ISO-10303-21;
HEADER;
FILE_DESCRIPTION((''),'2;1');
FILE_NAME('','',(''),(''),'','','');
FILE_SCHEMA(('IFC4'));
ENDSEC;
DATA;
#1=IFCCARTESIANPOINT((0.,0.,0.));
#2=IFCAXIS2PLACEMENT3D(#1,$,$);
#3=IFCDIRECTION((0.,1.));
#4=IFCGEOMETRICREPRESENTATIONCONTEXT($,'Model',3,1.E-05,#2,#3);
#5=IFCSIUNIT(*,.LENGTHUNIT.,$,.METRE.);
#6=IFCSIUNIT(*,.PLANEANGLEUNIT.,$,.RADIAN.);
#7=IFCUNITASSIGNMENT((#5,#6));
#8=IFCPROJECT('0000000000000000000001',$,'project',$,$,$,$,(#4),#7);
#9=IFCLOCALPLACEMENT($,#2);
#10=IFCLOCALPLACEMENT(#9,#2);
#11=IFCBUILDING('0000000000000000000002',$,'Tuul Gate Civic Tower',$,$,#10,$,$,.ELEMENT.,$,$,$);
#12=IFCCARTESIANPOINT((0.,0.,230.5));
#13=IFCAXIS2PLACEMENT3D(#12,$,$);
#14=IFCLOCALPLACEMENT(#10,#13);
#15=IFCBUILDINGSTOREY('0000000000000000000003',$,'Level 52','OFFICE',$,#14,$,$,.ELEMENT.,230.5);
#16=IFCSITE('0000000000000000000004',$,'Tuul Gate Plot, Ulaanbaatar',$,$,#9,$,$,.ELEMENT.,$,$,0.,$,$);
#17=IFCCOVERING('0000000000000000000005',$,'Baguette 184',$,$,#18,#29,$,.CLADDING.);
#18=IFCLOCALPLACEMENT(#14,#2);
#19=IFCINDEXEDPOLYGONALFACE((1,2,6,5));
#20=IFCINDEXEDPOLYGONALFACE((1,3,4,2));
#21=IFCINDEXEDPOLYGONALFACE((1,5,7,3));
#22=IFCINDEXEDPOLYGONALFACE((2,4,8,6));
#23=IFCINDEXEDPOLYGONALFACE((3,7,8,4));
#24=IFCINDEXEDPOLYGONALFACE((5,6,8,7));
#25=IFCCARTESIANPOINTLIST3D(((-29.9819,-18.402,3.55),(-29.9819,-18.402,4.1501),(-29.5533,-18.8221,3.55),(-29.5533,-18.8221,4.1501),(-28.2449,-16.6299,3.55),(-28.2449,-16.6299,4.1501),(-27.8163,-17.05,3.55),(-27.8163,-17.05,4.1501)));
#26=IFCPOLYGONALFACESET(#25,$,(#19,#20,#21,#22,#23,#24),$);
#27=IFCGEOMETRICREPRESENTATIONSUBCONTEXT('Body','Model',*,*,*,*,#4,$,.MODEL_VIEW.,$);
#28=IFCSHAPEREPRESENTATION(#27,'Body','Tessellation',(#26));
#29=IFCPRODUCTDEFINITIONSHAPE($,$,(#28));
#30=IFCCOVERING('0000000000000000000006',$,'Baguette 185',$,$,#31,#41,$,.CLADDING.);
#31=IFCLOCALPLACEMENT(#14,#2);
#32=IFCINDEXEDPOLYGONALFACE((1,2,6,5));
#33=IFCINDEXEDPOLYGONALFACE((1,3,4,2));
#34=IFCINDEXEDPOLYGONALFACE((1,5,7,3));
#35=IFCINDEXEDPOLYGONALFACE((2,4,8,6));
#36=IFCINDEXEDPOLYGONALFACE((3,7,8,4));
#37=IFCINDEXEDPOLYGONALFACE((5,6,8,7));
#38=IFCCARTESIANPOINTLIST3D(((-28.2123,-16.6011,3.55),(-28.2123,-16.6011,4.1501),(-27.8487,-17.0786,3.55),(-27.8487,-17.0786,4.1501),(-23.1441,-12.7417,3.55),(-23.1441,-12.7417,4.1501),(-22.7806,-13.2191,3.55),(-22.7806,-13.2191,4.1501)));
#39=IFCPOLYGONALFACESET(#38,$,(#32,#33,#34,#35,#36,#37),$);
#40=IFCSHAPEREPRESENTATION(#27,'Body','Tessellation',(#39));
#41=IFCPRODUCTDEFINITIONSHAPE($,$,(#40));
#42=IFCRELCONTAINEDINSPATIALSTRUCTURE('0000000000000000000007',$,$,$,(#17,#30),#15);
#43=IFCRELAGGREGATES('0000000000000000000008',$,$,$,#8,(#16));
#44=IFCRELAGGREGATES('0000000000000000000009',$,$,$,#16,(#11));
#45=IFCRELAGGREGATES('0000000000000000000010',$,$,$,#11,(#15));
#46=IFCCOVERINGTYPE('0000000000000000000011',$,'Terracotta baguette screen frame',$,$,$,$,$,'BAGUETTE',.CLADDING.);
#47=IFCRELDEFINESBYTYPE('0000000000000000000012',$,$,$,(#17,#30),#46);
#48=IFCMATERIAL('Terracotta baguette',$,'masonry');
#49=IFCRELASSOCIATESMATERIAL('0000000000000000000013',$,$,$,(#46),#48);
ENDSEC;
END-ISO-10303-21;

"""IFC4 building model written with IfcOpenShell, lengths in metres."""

from ifc_helpers import new_model, si_unit, direction, frame, origin, origin_2d, place, context, subcontext, project, spatial, rectangle, extrude, material, material_profile, profile_set, type_object, element, save


model = new_model("IFC4")

# Units and contexts
model_context = context("Model", 3, precision=1e-05, world=origin(), true_north=direction((0.0, 1.0)))
body_context = subcontext(model_context, "Body", "Model", "MODEL_VIEW")
ifc_project = project(units=[si_unit("LENGTHUNIT", "METRE"), si_unit("PLANEANGLEUNIT", "RADIAN")], contexts=[model_context])

# Site, building, storey
site_placement = place(None, origin())
site = spatial("IfcSite", under=ifc_project, at=site_placement, Name="Tuul Gate Plot, Ulaanbaatar", CompositionType="ELEMENT", RefElevation=0.0)
building_placement = place(site_placement, origin())
building = spatial("IfcBuilding", under=site, at=building_placement, Name="Tuul Gate Civic Tower", CompositionType="ELEMENT")
storey_placement = place(building_placement, frame((0.0, 0.0, 230.5)))
storey = spatial("IfcBuildingStorey", under=building, at=storey_placement, Name="Level 52", Description="OFFICE", CompositionType="ELEMENT", Elevation=230.5)

# Coverings
ifc_material_1 = material(Name="Terracotta baguette", Category="masonry")
ifc_material_profile_1 = material_profile(ifc_material_1, rectangle(XDim=0.6001, YDim=0.6001, at=origin_2d()), Name="Terracotta baguette screen frame")
ifc_profile_set_1 = profile_set([ifc_material_profile_1], Name="Terracotta baguette")
covering_type = type_object("IfcCoveringType", Name="Terracotta baguette screen frame", ElementType="BAGUETTE", PredefinedType="CLADDING", material=ifc_profile_set_1)
covering_1_placement = place(storey_placement, frame((-29.7676, -18.6121, 3.8501), z_axis=(0.699988, 0.714155, 0.0), x_axis=(-0.714155, 0.699988, 0.0)))
element("IfcCovering", 1, at=covering_1_placement, inside=storey, type_object=covering_type, Name="Baguette 184", PredefinedType="CLADDING", context=body_context, shape_type="SweptSolid", body=[
    extrude(rectangle(XDim=0.6001, YDim=0.6001, at=origin_2d()), origin(), (0.0, 0.0, 1.0), 2.4814),
])
covering_2_placement = place(storey_placement, frame((-28.0305, -16.8398, 3.8501), z_axis=(0.795587, 0.60584, 0.0), x_axis=(-0.60584, 0.795587, 0.0)))
element("IfcCovering", 2, at=covering_2_placement, inside=storey, type_object=covering_type, Name="Baguette 185", PredefinedType="CLADDING", context=body_context, shape_type="SweptSolid", body=[
    extrude(rectangle(XDim=0.6001, YDim=0.6001, at=origin_2d()), origin(), (0.0, 0.0, 1.0), 6.3704),
])

save(model, "model.ifc")
